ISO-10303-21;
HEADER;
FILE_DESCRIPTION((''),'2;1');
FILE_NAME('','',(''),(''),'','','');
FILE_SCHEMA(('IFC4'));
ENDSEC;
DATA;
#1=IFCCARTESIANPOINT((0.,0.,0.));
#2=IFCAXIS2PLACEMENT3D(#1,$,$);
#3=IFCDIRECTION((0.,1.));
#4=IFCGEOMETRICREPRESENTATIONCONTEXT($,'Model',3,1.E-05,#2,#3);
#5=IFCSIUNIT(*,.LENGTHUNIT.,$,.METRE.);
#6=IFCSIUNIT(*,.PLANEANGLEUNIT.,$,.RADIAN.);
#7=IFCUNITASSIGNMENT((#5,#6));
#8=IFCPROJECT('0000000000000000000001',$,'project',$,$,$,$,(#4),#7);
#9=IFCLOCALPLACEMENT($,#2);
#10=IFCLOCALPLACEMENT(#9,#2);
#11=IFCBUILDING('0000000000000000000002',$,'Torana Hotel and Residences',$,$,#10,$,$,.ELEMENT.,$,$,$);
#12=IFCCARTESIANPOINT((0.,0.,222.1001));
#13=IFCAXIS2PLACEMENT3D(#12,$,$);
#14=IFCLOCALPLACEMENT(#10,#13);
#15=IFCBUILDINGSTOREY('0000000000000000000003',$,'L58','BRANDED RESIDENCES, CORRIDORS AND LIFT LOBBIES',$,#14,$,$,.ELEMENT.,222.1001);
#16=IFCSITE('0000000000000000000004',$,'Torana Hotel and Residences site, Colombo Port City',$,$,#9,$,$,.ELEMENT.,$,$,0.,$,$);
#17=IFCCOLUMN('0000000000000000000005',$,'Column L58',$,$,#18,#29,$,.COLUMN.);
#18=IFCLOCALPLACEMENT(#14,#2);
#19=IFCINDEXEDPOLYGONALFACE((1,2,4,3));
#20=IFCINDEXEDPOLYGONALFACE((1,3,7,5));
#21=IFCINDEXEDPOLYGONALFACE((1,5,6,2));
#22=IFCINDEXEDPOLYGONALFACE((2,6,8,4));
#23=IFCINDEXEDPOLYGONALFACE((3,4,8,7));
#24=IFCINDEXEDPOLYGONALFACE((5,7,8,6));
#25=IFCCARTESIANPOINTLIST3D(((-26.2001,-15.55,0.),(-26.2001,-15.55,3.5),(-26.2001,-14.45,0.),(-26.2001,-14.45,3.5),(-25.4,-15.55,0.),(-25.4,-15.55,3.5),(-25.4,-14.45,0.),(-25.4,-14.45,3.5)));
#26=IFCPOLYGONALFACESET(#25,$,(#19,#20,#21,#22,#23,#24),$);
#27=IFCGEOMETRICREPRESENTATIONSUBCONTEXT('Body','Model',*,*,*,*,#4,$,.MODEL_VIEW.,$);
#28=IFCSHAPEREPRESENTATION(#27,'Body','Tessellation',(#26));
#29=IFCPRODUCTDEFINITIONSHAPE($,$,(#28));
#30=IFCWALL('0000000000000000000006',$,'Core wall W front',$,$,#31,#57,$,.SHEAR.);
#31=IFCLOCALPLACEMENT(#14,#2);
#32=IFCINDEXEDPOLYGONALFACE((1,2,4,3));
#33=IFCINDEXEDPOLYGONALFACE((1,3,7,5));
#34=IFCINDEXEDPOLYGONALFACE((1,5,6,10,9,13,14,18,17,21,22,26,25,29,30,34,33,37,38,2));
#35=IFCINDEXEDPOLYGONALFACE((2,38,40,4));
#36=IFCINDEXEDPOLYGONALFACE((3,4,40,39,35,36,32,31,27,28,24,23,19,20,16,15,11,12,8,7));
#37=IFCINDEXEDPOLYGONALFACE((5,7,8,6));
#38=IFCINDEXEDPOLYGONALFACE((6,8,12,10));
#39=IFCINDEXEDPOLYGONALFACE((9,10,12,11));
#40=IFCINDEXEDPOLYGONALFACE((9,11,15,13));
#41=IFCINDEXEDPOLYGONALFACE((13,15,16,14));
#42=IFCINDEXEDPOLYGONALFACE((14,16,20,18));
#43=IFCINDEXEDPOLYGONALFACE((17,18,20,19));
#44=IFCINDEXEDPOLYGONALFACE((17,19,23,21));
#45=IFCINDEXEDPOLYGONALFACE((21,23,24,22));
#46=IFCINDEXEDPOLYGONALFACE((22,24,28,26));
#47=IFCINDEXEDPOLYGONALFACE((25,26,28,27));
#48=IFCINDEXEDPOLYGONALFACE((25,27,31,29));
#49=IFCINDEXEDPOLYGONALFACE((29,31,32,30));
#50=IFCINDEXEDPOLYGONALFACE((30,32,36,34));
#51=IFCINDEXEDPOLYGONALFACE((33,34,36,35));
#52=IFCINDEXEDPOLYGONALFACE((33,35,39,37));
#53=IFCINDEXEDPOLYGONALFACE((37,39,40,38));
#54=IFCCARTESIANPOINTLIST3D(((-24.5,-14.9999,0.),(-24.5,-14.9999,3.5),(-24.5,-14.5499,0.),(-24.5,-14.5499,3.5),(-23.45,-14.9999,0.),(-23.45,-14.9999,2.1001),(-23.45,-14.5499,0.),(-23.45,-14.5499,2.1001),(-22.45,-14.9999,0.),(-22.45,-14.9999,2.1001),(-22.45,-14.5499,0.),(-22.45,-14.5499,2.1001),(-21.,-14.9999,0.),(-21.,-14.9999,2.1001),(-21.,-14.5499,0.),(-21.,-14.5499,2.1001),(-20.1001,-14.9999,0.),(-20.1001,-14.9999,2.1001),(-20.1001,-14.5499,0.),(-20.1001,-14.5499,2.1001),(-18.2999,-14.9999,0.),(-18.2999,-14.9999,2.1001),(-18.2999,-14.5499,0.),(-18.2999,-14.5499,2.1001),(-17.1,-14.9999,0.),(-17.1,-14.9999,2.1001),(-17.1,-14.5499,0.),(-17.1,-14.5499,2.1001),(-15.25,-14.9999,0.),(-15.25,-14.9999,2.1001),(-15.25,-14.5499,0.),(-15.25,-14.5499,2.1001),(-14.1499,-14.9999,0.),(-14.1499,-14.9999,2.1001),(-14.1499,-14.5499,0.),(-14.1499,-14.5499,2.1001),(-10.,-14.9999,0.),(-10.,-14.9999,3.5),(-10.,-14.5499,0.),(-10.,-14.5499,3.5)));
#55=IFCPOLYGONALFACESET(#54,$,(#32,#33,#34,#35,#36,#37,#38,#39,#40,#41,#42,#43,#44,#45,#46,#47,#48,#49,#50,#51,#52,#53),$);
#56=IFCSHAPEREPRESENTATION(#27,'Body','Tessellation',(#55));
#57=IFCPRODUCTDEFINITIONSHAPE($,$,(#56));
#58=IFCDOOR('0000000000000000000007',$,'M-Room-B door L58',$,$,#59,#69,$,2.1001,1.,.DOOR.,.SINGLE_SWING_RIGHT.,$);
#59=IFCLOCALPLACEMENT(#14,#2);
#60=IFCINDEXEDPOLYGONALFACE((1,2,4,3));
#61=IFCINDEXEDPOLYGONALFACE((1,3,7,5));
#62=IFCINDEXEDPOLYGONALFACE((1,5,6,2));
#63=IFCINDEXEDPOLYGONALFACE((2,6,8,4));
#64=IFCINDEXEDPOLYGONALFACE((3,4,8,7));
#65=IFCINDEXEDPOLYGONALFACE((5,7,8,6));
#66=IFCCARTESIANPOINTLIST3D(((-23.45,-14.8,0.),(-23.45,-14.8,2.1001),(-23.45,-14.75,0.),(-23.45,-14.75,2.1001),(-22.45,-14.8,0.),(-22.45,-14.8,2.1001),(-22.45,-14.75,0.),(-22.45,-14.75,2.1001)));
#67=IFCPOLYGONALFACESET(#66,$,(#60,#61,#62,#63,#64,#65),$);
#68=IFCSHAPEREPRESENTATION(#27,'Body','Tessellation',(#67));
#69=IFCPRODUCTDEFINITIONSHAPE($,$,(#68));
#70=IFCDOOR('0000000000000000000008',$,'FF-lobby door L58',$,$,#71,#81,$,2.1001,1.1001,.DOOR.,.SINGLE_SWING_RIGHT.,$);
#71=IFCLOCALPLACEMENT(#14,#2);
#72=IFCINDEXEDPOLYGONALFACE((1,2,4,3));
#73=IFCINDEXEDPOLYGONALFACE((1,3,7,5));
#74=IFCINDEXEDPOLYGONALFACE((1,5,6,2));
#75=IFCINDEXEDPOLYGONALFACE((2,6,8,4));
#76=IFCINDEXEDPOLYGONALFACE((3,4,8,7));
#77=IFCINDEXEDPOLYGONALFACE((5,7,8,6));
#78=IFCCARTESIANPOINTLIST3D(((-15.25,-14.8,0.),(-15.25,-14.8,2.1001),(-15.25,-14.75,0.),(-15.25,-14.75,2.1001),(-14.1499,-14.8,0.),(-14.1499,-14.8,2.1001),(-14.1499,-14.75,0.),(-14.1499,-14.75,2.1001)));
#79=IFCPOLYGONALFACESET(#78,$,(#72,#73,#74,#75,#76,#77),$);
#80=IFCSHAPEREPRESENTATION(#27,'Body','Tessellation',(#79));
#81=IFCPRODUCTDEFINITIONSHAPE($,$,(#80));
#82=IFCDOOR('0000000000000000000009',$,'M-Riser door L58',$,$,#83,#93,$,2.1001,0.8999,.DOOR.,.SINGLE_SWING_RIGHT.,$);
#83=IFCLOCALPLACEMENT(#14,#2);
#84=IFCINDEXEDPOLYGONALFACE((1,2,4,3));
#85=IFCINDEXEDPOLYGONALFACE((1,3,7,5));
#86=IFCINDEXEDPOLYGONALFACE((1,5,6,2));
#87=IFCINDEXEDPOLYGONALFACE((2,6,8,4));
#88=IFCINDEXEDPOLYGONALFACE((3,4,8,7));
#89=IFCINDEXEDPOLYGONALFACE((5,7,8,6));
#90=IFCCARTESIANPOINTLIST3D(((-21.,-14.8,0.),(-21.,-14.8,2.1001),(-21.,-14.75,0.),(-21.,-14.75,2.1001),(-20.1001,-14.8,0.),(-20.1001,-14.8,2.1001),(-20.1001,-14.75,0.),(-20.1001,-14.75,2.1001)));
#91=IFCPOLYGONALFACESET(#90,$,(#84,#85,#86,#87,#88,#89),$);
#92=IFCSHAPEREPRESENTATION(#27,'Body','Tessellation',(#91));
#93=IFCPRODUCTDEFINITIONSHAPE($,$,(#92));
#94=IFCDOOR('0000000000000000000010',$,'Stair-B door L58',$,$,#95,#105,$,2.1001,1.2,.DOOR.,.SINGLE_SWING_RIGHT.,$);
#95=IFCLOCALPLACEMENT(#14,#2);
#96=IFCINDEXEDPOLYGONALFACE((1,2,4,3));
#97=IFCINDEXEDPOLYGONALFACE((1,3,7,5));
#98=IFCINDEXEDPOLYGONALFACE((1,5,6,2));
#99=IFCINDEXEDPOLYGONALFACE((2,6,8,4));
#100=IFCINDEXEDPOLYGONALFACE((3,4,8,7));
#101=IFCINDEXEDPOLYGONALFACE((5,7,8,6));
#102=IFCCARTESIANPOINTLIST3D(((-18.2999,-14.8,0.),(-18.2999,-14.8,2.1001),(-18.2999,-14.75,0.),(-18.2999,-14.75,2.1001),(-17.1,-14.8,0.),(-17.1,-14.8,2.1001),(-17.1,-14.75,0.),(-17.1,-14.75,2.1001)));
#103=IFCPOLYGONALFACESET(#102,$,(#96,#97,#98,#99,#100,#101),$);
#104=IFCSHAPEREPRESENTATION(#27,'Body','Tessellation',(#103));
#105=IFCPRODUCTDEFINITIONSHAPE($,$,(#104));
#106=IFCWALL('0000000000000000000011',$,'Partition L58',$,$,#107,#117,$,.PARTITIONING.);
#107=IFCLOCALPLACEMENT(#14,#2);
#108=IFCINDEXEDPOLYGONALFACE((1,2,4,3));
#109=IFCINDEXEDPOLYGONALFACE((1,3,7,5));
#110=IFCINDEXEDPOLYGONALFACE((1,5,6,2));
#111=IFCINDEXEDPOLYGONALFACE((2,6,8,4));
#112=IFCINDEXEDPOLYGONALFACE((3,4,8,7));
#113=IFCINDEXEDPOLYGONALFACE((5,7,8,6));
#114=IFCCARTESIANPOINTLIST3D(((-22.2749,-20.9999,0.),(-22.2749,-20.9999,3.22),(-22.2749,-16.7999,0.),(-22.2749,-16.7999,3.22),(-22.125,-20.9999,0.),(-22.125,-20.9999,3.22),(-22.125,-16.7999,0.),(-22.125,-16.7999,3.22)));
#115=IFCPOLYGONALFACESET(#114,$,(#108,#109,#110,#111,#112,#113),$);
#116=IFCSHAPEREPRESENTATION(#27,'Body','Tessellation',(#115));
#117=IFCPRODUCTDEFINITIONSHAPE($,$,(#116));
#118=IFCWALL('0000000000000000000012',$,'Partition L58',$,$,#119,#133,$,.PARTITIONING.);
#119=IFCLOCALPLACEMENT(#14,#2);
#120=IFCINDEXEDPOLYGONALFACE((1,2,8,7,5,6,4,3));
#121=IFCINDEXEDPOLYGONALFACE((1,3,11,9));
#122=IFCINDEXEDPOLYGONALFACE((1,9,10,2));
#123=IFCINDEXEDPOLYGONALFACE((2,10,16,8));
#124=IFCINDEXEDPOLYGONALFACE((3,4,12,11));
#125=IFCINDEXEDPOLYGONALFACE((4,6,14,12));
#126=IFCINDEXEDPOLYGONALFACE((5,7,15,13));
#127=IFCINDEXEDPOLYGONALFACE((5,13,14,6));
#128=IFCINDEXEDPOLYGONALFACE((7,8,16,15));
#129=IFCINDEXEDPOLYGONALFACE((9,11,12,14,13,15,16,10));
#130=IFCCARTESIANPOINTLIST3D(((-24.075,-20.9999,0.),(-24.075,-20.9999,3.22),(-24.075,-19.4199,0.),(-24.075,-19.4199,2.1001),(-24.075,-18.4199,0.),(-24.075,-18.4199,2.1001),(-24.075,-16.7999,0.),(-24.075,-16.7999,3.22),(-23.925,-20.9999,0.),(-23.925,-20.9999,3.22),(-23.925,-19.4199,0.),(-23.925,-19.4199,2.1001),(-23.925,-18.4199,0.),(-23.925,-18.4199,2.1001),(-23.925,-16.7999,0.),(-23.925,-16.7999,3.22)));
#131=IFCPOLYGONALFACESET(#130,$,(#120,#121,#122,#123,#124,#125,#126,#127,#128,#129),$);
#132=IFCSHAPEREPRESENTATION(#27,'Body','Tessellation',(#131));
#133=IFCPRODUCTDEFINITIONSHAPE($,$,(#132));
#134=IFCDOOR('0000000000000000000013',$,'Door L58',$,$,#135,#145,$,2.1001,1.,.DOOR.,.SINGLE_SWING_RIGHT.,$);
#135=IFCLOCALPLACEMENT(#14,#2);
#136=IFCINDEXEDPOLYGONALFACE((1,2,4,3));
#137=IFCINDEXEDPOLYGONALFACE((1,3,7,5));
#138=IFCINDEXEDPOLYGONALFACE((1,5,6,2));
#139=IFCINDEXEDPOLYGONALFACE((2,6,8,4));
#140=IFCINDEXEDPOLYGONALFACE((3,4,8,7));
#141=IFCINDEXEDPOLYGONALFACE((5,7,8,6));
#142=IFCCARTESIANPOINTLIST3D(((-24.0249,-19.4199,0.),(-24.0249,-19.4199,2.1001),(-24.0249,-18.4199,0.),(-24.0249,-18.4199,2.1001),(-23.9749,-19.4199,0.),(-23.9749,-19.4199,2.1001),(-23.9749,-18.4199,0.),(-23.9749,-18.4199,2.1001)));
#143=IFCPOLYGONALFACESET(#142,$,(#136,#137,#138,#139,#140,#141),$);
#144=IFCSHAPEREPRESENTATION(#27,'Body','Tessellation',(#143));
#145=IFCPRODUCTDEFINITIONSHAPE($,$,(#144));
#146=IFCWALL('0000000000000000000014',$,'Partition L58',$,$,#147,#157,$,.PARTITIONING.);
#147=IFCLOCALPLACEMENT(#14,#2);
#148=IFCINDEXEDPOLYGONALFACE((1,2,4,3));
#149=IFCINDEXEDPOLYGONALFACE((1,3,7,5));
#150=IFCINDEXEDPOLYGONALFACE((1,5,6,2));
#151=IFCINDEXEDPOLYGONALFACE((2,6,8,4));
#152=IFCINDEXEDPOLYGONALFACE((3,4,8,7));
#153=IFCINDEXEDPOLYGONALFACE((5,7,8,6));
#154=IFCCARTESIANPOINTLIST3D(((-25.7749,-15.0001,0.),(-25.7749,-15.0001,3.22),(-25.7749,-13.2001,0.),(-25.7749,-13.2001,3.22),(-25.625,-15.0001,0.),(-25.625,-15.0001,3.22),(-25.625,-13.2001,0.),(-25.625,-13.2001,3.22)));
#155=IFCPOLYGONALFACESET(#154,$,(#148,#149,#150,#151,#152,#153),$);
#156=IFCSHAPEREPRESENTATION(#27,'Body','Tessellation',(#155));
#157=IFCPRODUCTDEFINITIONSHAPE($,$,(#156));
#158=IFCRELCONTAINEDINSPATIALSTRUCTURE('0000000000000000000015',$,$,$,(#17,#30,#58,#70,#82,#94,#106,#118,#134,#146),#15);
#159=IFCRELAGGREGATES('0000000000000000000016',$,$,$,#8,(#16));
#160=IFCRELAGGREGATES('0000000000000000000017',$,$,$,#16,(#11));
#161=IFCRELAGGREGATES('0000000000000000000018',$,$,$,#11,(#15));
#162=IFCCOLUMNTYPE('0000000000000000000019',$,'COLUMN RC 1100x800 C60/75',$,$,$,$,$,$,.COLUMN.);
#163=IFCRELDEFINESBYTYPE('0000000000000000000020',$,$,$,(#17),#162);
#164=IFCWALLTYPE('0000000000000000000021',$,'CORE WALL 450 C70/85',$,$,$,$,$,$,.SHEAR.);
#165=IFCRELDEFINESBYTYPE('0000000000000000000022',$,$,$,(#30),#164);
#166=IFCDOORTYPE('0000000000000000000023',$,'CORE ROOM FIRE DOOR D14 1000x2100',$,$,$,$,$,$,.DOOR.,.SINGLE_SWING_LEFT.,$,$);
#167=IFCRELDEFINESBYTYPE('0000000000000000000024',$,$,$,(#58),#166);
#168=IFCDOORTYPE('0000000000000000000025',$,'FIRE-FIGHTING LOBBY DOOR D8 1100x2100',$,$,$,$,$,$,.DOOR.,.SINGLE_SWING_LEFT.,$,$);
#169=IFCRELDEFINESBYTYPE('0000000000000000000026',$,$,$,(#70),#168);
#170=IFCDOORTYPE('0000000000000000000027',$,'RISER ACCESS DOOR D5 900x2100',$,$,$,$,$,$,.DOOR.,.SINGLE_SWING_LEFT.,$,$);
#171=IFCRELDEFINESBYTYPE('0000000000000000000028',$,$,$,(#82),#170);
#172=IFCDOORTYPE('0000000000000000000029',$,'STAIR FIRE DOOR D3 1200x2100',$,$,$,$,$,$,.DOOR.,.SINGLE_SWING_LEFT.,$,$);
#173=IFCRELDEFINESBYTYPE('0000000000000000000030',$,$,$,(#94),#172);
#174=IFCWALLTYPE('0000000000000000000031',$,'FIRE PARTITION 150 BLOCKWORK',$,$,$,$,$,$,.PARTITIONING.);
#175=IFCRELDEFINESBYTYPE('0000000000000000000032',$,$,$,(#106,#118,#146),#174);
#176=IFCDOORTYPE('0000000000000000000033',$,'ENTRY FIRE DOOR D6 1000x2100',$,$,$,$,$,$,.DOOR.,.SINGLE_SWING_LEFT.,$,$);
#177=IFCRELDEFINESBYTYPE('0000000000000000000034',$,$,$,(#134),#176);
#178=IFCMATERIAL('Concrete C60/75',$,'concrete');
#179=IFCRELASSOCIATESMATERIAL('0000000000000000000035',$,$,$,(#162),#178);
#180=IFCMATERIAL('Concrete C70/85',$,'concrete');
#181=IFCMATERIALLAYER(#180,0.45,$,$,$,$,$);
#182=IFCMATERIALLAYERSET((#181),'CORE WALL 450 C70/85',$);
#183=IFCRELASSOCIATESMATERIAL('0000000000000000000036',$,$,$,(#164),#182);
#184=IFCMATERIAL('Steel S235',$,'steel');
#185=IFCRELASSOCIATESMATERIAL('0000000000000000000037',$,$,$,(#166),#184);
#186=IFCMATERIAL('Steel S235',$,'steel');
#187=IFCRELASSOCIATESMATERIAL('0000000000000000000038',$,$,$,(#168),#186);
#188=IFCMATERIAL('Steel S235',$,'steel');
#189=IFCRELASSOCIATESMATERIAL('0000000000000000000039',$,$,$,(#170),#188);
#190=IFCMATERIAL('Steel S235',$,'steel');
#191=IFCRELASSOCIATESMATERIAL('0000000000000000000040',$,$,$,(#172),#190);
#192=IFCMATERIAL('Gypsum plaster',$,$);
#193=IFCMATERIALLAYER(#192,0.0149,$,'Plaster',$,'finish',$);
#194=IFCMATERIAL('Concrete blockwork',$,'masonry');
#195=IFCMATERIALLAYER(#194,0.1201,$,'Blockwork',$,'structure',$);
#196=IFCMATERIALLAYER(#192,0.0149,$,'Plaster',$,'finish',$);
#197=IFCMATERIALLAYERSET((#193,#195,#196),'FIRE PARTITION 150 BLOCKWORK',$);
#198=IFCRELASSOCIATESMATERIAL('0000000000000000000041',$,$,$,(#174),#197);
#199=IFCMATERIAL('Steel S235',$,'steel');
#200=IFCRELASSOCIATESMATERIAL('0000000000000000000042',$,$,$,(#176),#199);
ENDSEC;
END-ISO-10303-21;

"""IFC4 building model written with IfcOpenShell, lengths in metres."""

from ifc_helpers import new_model, si_unit, direction, frame, frame_2d, origin, origin_2d, place, context, subcontext, project, spatial, rectangle, extrude, material, layer, layer_set, material_profile, profile_set, type_object, element, fill, save


model = new_model("IFC4")

# Units and contexts
model_context = context("Model", 3, precision=1e-05, world=origin(), true_north=direction((0.0, 1.0)))
body_context = subcontext(model_context, "Body", "Model", "MODEL_VIEW")
ifc_project = project(units=[si_unit("LENGTHUNIT", "METRE"), si_unit("PLANEANGLEUNIT", "RADIAN")], contexts=[model_context])

# Site, building, storey
site_placement = place(None, origin())
site = spatial("IfcSite", under=ifc_project, at=site_placement, Name="Torana Hotel and Residences site, Colombo Port City", CompositionType="ELEMENT", RefElevation=0.0)
building_placement = place(site_placement, origin())
building = spatial("IfcBuilding", under=site, at=building_placement, Name="Torana Hotel and Residences", CompositionType="ELEMENT")
storey_placement = place(building_placement, frame((0.0, 0.0, 222.1001)))
storey = spatial("IfcBuildingStorey", under=building, at=storey_placement, Name="L58", Description="BRANDED RESIDENCES, CORRIDORS AND LIFT LOBBIES", CompositionType="ELEMENT", Elevation=222.1001)

# Column
ifc_material_1 = material(Name="Concrete C60/75", Category="concrete")
ifc_material_profile = material_profile(ifc_material_1, rectangle(XDim=1.1001, YDim=0.8, at=origin_2d()), Name="RC 1100x800")
ifc_profile_set = profile_set([ifc_material_profile], Name="Concrete C60/75")
column_type = type_object("IfcColumnType", Name="COLUMN RC 1100x800 C60/75", PredefinedType="COLUMN", material=ifc_profile_set)
column_placement = place(storey_placement, frame((-25.8, -15.0, 0.0), z_axis=(0.0, 0.0, 1.0), x_axis=(0.0, 1.0, 0.0)))
element("IfcColumn", 1, at=column_placement, inside=storey, type_object=column_type, Name="Column L58", PredefinedType="COLUMN", context=body_context, shape_type="SweptSolid", body=[
    extrude(rectangle(XDim=1.1001, YDim=0.8, at=origin_2d()), origin(), (0.0, 0.0, 1.0), 3.5),
])

# Wall, openings, doors
ifc_material_2 = material(Name="Concrete C70/85", Category="concrete")
ifc_layer_1 = layer(ifc_material_2, 0.45)
ifc_layer_set_1 = layer_set([ifc_layer_1], Name="CORE WALL 450 C70/85")
wall_type_1 = type_object("IfcWallType", Name="CORE WALL 450 C70/85", PredefinedType="SHEAR", material=ifc_layer_set_1)
wall_1_placement = place(storey_placement, frame((-24.5, -14.7749, 0.0), z_axis=(0.0, 0.0, 1.0), x_axis=(1.0, 0.0, 0.0)))
wall_1 = element("IfcWall", 2, at=wall_1_placement, inside=storey, type_object=wall_type_1, Name="Core wall W front", PredefinedType="SHEAR", context=body_context, shape_type="SweptSolid", body=[
    extrude(rectangle(XDim=14.5, YDim=0.45, at=frame_2d((7.25, 0.0))), origin(), (0.0, 0.0, 1.0), 3.5),
])
opening_1_placement = place(wall_1_placement, frame((6.2, 0.0, 0.0)))
opening_1 = element("IfcOpeningElement", 3, at=opening_1_placement, cuts=wall_1, PredefinedType="OPENING", context=body_context, shape_type="SweptSolid", body=[
    extrude(rectangle(XDim=1.2, YDim=2.1001, at=frame_2d((0.6001, 1.05))), frame((0.0, 0.2349, 0.0), z_axis=(0.0, -1.0, 0.0), x_axis=(1.0, 0.0, 0.0)), (0.0, 0.0, 1.0), 0.47),
])
opening_2_placement = place(wall_1_placement, frame((9.25, 0.0, 0.0)))
opening_2 = element("IfcOpeningElement", 4, at=opening_2_placement, cuts=wall_1, PredefinedType="OPENING", context=body_context, shape_type="SweptSolid", body=[
    extrude(rectangle(XDim=1.1001, YDim=2.1001, at=frame_2d((0.55, 1.05))), frame((0.0, 0.2349, 0.0), z_axis=(0.0, -1.0, 0.0), x_axis=(1.0, 0.0, 0.0)), (0.0, 0.0, 1.0), 0.47),
])
opening_3_placement = place(wall_1_placement, frame((3.5, 0.0, 0.0)))
opening_3 = element("IfcOpeningElement", 5, at=opening_3_placement, cuts=wall_1, PredefinedType="OPENING", context=body_context, shape_type="SweptSolid", body=[
    extrude(rectangle(XDim=0.8999, YDim=2.1001, at=frame_2d((0.45, 1.05))), frame((0.0, 0.2349, 0.0), z_axis=(0.0, -1.0, 0.0), x_axis=(1.0, 0.0, 0.0)), (0.0, 0.0, 1.0), 0.47),
])
opening_4_placement = place(wall_1_placement, frame((1.05, 0.0, 0.0)))
opening_4 = element("IfcOpeningElement", 6, at=opening_4_placement, cuts=wall_1, PredefinedType="OPENING", context=body_context, shape_type="SweptSolid", body=[
    extrude(rectangle(XDim=1.0, YDim=2.1001, at=frame_2d((0.5, 1.05))), frame((0.0, 0.2349, 0.0), z_axis=(0.0, -1.0, 0.0), x_axis=(1.0, 0.0, 0.0)), (0.0, 0.0, 1.0), 0.47),
])
ifc_material_3 = material(Name="Steel S235", Category="steel")
door_type_1 = type_object("IfcDoorType", Name="CORE ROOM FIRE DOOR D14 1000x2100", OperationType="SINGLE_SWING_LEFT", PredefinedType="DOOR", material=ifc_material_3)
door_1_placement = place(opening_4_placement, origin())
door_1 = element("IfcDoor", 7, at=door_1_placement, inside=storey, type_object=door_type_1, Name="M-Room-B door L58", OperationType="SINGLE_SWING_RIGHT", OverallHeight=2.1001, OverallWidth=1.0, PredefinedType="DOOR", context=body_context, shape_type="SweptSolid", body=[
    extrude(rectangle(XDim=1.0, YDim=2.1001, at=frame_2d((0.5, 1.05))), frame((0.0, 0.0249, 0.0), z_axis=(0.0, -1.0, 0.0), x_axis=(1.0, 0.0, 0.0)), (0.0, 0.0, 1.0), 0.05),
])
fill(opening_4, door_1)
ifc_material_4 = material(Name="Steel S235", Category="steel")
door_type_2 = type_object("IfcDoorType", Name="FIRE-FIGHTING LOBBY DOOR D8 1100x2100", OperationType="SINGLE_SWING_LEFT", PredefinedType="DOOR", material=ifc_material_4)
door_2_placement = place(opening_2_placement, origin())
door_2 = element("IfcDoor", 8, at=door_2_placement, inside=storey, type_object=door_type_2, Name="FF-lobby door L58", OperationType="SINGLE_SWING_RIGHT", OverallHeight=2.1001, OverallWidth=1.1001, PredefinedType="DOOR", context=body_context, shape_type="SweptSolid", body=[
    extrude(rectangle(XDim=1.1001, YDim=2.1001, at=frame_2d((0.55, 1.05))), frame((0.0, 0.0249, 0.0), z_axis=(0.0, -1.0, 0.0), x_axis=(1.0, 0.0, 0.0)), (0.0, 0.0, 1.0), 0.05),
])
fill(opening_2, door_2)
ifc_material_5 = material(Name="Steel S235", Category="steel")
door_type_3 = type_object("IfcDoorType", Name="RISER ACCESS DOOR D5 900x2100", OperationType="SINGLE_SWING_LEFT", PredefinedType="DOOR", material=ifc_material_5)
door_3_placement = place(opening_3_placement, origin())
door_3 = element("IfcDoor", 9, at=door_3_placement, inside=storey, type_object=door_type_3, Name="M-Riser door L58", OperationType="SINGLE_SWING_RIGHT", OverallHeight=2.1001, OverallWidth=0.8999, PredefinedType="DOOR", context=body_context, shape_type="SweptSolid", body=[
    extrude(rectangle(XDim=0.8999, YDim=2.1001, at=frame_2d((0.45, 1.05))), frame((0.0, 0.0249, 0.0), z_axis=(0.0, -1.0, 0.0), x_axis=(1.0, 0.0, 0.0)), (0.0, 0.0, 1.0), 0.05),
])
fill(opening_3, door_3)
ifc_material_6 = material(Name="Steel S235", Category="steel")
door_type_4 = type_object("IfcDoorType", Name="STAIR FIRE DOOR D3 1200x2100", OperationType="SINGLE_SWING_LEFT", PredefinedType="DOOR", material=ifc_material_6)
door_4_placement = place(opening_1_placement, origin())
door_4 = element("IfcDoor", 10, at=door_4_placement, inside=storey, type_object=door_type_4, Name="Stair-B door L58", OperationType="SINGLE_SWING_RIGHT", OverallHeight=2.1001, OverallWidth=1.2, PredefinedType="DOOR", context=body_context, shape_type="SweptSolid", body=[
    extrude(rectangle(XDim=1.2, YDim=2.1001, at=frame_2d((0.6001, 1.05))), frame((0.0, 0.0249, 0.0), z_axis=(0.0, -1.0, 0.0), x_axis=(1.0, 0.0, 0.0)), (0.0, 0.0, 1.0), 0.05),
])
fill(opening_1, door_4)

# Wall
ifc_material_7 = material(Name="Gypsum plaster")
ifc_layer_2 = layer(ifc_material_7, 0.0149, Name="Plaster", Category="finish")
ifc_material_8 = material(Name="Concrete blockwork", Category="masonry")
ifc_layer_3 = layer(ifc_material_8, 0.1201, Name="Blockwork", Category="structure")
ifc_layer_4 = layer(ifc_material_7, 0.0149, Name="Plaster", Category="finish")
ifc_layer_set_2 = layer_set([ifc_layer_2, ifc_layer_3, ifc_layer_4], Name="FIRE PARTITION 150 BLOCKWORK")
wall_type_2 = type_object("IfcWallType", Name="FIRE PARTITION 150 BLOCKWORK", PredefinedType="PARTITIONING", material=ifc_layer_set_2)
wall_2_placement = place(storey_placement, frame((-22.2, -21.0, 0.0), z_axis=(0.0, 0.0, 1.0), x_axis=(0.0, 1.0, 0.0)))
element("IfcWall", 11, at=wall_2_placement, inside=storey, type_object=wall_type_2, Name="Partition L58", PredefinedType="PARTITIONING", context=body_context, shape_type="SweptSolid", body=[
    extrude(rectangle(XDim=4.2, YDim=0.1499, at=frame_2d((2.1001, 0.0))), origin(), (0.0, 0.0, 1.0), 3.22),
])

# Wall, opening, door
wall_3_placement = place(storey_placement, frame((-24.0, -21.0, 0.0), z_axis=(0.0, 0.0, 1.0), x_axis=(0.0, 1.0, 0.0)))
wall_3 = element("IfcWall", 12, at=wall_3_placement, inside=storey, type_object=wall_type_2, Name="Partition L58", PredefinedType="PARTITIONING", context=body_context, shape_type="SweptSolid", body=[
    extrude(rectangle(XDim=4.2, YDim=0.1499, at=frame_2d((2.1001, 0.0))), origin(), (0.0, 0.0, 1.0), 3.22),
])
opening_5_placement = place(wall_3_placement, frame((1.5801, 0.0, 0.0)))
opening_5 = element("IfcOpeningElement", 13, at=opening_5_placement, cuts=wall_3, PredefinedType="OPENING", context=body_context, shape_type="SweptSolid", body=[
    extrude(rectangle(XDim=1.0, YDim=2.1001, at=frame_2d((0.5, 1.05))), frame((0.0, 0.085, 0.0), z_axis=(0.0, -1.0, 0.0), x_axis=(1.0, 0.0, 0.0)), (0.0, 0.0, 1.0), 0.1699),
])
ifc_material_9 = material(Name="Steel S235", Category="steel")
door_type_5 = type_object("IfcDoorType", Name="ENTRY FIRE DOOR D6 1000x2100", OperationType="SINGLE_SWING_LEFT", PredefinedType="DOOR", material=ifc_material_9)
door_5_placement = place(opening_5_placement, origin())
door_5 = element("IfcDoor", 14, at=door_5_placement, inside=storey, type_object=door_type_5, Name="Door L58", OperationType="SINGLE_SWING_RIGHT", OverallHeight=2.1001, OverallWidth=1.0, PredefinedType="DOOR", context=body_context, shape_type="SweptSolid", body=[
    extrude(rectangle(XDim=1.0, YDim=2.1001, at=frame_2d((0.5, 1.05))), frame((0.0, 0.0249, 0.0), z_axis=(0.0, -1.0, 0.0), x_axis=(1.0, 0.0, 0.0)), (0.0, 0.0, 1.0), 0.05),
])
fill(opening_5, door_5)

# Wall
wall_4_placement = place(storey_placement, frame((-25.7, -15.0, 0.0), z_axis=(0.0, 0.0, 1.0), x_axis=(0.0, 1.0, 0.0)))
element("IfcWall", 15, at=wall_4_placement, inside=storey, type_object=wall_type_2, Name="Partition L58", PredefinedType="PARTITIONING", context=body_context, shape_type="SweptSolid", body=[
    extrude(rectangle(XDim=1.8, YDim=0.1499, at=frame_2d((0.8999, 0.0))), origin(), (0.0, 0.0, 1.0), 3.22),
])

save(model, "model.ifc")
